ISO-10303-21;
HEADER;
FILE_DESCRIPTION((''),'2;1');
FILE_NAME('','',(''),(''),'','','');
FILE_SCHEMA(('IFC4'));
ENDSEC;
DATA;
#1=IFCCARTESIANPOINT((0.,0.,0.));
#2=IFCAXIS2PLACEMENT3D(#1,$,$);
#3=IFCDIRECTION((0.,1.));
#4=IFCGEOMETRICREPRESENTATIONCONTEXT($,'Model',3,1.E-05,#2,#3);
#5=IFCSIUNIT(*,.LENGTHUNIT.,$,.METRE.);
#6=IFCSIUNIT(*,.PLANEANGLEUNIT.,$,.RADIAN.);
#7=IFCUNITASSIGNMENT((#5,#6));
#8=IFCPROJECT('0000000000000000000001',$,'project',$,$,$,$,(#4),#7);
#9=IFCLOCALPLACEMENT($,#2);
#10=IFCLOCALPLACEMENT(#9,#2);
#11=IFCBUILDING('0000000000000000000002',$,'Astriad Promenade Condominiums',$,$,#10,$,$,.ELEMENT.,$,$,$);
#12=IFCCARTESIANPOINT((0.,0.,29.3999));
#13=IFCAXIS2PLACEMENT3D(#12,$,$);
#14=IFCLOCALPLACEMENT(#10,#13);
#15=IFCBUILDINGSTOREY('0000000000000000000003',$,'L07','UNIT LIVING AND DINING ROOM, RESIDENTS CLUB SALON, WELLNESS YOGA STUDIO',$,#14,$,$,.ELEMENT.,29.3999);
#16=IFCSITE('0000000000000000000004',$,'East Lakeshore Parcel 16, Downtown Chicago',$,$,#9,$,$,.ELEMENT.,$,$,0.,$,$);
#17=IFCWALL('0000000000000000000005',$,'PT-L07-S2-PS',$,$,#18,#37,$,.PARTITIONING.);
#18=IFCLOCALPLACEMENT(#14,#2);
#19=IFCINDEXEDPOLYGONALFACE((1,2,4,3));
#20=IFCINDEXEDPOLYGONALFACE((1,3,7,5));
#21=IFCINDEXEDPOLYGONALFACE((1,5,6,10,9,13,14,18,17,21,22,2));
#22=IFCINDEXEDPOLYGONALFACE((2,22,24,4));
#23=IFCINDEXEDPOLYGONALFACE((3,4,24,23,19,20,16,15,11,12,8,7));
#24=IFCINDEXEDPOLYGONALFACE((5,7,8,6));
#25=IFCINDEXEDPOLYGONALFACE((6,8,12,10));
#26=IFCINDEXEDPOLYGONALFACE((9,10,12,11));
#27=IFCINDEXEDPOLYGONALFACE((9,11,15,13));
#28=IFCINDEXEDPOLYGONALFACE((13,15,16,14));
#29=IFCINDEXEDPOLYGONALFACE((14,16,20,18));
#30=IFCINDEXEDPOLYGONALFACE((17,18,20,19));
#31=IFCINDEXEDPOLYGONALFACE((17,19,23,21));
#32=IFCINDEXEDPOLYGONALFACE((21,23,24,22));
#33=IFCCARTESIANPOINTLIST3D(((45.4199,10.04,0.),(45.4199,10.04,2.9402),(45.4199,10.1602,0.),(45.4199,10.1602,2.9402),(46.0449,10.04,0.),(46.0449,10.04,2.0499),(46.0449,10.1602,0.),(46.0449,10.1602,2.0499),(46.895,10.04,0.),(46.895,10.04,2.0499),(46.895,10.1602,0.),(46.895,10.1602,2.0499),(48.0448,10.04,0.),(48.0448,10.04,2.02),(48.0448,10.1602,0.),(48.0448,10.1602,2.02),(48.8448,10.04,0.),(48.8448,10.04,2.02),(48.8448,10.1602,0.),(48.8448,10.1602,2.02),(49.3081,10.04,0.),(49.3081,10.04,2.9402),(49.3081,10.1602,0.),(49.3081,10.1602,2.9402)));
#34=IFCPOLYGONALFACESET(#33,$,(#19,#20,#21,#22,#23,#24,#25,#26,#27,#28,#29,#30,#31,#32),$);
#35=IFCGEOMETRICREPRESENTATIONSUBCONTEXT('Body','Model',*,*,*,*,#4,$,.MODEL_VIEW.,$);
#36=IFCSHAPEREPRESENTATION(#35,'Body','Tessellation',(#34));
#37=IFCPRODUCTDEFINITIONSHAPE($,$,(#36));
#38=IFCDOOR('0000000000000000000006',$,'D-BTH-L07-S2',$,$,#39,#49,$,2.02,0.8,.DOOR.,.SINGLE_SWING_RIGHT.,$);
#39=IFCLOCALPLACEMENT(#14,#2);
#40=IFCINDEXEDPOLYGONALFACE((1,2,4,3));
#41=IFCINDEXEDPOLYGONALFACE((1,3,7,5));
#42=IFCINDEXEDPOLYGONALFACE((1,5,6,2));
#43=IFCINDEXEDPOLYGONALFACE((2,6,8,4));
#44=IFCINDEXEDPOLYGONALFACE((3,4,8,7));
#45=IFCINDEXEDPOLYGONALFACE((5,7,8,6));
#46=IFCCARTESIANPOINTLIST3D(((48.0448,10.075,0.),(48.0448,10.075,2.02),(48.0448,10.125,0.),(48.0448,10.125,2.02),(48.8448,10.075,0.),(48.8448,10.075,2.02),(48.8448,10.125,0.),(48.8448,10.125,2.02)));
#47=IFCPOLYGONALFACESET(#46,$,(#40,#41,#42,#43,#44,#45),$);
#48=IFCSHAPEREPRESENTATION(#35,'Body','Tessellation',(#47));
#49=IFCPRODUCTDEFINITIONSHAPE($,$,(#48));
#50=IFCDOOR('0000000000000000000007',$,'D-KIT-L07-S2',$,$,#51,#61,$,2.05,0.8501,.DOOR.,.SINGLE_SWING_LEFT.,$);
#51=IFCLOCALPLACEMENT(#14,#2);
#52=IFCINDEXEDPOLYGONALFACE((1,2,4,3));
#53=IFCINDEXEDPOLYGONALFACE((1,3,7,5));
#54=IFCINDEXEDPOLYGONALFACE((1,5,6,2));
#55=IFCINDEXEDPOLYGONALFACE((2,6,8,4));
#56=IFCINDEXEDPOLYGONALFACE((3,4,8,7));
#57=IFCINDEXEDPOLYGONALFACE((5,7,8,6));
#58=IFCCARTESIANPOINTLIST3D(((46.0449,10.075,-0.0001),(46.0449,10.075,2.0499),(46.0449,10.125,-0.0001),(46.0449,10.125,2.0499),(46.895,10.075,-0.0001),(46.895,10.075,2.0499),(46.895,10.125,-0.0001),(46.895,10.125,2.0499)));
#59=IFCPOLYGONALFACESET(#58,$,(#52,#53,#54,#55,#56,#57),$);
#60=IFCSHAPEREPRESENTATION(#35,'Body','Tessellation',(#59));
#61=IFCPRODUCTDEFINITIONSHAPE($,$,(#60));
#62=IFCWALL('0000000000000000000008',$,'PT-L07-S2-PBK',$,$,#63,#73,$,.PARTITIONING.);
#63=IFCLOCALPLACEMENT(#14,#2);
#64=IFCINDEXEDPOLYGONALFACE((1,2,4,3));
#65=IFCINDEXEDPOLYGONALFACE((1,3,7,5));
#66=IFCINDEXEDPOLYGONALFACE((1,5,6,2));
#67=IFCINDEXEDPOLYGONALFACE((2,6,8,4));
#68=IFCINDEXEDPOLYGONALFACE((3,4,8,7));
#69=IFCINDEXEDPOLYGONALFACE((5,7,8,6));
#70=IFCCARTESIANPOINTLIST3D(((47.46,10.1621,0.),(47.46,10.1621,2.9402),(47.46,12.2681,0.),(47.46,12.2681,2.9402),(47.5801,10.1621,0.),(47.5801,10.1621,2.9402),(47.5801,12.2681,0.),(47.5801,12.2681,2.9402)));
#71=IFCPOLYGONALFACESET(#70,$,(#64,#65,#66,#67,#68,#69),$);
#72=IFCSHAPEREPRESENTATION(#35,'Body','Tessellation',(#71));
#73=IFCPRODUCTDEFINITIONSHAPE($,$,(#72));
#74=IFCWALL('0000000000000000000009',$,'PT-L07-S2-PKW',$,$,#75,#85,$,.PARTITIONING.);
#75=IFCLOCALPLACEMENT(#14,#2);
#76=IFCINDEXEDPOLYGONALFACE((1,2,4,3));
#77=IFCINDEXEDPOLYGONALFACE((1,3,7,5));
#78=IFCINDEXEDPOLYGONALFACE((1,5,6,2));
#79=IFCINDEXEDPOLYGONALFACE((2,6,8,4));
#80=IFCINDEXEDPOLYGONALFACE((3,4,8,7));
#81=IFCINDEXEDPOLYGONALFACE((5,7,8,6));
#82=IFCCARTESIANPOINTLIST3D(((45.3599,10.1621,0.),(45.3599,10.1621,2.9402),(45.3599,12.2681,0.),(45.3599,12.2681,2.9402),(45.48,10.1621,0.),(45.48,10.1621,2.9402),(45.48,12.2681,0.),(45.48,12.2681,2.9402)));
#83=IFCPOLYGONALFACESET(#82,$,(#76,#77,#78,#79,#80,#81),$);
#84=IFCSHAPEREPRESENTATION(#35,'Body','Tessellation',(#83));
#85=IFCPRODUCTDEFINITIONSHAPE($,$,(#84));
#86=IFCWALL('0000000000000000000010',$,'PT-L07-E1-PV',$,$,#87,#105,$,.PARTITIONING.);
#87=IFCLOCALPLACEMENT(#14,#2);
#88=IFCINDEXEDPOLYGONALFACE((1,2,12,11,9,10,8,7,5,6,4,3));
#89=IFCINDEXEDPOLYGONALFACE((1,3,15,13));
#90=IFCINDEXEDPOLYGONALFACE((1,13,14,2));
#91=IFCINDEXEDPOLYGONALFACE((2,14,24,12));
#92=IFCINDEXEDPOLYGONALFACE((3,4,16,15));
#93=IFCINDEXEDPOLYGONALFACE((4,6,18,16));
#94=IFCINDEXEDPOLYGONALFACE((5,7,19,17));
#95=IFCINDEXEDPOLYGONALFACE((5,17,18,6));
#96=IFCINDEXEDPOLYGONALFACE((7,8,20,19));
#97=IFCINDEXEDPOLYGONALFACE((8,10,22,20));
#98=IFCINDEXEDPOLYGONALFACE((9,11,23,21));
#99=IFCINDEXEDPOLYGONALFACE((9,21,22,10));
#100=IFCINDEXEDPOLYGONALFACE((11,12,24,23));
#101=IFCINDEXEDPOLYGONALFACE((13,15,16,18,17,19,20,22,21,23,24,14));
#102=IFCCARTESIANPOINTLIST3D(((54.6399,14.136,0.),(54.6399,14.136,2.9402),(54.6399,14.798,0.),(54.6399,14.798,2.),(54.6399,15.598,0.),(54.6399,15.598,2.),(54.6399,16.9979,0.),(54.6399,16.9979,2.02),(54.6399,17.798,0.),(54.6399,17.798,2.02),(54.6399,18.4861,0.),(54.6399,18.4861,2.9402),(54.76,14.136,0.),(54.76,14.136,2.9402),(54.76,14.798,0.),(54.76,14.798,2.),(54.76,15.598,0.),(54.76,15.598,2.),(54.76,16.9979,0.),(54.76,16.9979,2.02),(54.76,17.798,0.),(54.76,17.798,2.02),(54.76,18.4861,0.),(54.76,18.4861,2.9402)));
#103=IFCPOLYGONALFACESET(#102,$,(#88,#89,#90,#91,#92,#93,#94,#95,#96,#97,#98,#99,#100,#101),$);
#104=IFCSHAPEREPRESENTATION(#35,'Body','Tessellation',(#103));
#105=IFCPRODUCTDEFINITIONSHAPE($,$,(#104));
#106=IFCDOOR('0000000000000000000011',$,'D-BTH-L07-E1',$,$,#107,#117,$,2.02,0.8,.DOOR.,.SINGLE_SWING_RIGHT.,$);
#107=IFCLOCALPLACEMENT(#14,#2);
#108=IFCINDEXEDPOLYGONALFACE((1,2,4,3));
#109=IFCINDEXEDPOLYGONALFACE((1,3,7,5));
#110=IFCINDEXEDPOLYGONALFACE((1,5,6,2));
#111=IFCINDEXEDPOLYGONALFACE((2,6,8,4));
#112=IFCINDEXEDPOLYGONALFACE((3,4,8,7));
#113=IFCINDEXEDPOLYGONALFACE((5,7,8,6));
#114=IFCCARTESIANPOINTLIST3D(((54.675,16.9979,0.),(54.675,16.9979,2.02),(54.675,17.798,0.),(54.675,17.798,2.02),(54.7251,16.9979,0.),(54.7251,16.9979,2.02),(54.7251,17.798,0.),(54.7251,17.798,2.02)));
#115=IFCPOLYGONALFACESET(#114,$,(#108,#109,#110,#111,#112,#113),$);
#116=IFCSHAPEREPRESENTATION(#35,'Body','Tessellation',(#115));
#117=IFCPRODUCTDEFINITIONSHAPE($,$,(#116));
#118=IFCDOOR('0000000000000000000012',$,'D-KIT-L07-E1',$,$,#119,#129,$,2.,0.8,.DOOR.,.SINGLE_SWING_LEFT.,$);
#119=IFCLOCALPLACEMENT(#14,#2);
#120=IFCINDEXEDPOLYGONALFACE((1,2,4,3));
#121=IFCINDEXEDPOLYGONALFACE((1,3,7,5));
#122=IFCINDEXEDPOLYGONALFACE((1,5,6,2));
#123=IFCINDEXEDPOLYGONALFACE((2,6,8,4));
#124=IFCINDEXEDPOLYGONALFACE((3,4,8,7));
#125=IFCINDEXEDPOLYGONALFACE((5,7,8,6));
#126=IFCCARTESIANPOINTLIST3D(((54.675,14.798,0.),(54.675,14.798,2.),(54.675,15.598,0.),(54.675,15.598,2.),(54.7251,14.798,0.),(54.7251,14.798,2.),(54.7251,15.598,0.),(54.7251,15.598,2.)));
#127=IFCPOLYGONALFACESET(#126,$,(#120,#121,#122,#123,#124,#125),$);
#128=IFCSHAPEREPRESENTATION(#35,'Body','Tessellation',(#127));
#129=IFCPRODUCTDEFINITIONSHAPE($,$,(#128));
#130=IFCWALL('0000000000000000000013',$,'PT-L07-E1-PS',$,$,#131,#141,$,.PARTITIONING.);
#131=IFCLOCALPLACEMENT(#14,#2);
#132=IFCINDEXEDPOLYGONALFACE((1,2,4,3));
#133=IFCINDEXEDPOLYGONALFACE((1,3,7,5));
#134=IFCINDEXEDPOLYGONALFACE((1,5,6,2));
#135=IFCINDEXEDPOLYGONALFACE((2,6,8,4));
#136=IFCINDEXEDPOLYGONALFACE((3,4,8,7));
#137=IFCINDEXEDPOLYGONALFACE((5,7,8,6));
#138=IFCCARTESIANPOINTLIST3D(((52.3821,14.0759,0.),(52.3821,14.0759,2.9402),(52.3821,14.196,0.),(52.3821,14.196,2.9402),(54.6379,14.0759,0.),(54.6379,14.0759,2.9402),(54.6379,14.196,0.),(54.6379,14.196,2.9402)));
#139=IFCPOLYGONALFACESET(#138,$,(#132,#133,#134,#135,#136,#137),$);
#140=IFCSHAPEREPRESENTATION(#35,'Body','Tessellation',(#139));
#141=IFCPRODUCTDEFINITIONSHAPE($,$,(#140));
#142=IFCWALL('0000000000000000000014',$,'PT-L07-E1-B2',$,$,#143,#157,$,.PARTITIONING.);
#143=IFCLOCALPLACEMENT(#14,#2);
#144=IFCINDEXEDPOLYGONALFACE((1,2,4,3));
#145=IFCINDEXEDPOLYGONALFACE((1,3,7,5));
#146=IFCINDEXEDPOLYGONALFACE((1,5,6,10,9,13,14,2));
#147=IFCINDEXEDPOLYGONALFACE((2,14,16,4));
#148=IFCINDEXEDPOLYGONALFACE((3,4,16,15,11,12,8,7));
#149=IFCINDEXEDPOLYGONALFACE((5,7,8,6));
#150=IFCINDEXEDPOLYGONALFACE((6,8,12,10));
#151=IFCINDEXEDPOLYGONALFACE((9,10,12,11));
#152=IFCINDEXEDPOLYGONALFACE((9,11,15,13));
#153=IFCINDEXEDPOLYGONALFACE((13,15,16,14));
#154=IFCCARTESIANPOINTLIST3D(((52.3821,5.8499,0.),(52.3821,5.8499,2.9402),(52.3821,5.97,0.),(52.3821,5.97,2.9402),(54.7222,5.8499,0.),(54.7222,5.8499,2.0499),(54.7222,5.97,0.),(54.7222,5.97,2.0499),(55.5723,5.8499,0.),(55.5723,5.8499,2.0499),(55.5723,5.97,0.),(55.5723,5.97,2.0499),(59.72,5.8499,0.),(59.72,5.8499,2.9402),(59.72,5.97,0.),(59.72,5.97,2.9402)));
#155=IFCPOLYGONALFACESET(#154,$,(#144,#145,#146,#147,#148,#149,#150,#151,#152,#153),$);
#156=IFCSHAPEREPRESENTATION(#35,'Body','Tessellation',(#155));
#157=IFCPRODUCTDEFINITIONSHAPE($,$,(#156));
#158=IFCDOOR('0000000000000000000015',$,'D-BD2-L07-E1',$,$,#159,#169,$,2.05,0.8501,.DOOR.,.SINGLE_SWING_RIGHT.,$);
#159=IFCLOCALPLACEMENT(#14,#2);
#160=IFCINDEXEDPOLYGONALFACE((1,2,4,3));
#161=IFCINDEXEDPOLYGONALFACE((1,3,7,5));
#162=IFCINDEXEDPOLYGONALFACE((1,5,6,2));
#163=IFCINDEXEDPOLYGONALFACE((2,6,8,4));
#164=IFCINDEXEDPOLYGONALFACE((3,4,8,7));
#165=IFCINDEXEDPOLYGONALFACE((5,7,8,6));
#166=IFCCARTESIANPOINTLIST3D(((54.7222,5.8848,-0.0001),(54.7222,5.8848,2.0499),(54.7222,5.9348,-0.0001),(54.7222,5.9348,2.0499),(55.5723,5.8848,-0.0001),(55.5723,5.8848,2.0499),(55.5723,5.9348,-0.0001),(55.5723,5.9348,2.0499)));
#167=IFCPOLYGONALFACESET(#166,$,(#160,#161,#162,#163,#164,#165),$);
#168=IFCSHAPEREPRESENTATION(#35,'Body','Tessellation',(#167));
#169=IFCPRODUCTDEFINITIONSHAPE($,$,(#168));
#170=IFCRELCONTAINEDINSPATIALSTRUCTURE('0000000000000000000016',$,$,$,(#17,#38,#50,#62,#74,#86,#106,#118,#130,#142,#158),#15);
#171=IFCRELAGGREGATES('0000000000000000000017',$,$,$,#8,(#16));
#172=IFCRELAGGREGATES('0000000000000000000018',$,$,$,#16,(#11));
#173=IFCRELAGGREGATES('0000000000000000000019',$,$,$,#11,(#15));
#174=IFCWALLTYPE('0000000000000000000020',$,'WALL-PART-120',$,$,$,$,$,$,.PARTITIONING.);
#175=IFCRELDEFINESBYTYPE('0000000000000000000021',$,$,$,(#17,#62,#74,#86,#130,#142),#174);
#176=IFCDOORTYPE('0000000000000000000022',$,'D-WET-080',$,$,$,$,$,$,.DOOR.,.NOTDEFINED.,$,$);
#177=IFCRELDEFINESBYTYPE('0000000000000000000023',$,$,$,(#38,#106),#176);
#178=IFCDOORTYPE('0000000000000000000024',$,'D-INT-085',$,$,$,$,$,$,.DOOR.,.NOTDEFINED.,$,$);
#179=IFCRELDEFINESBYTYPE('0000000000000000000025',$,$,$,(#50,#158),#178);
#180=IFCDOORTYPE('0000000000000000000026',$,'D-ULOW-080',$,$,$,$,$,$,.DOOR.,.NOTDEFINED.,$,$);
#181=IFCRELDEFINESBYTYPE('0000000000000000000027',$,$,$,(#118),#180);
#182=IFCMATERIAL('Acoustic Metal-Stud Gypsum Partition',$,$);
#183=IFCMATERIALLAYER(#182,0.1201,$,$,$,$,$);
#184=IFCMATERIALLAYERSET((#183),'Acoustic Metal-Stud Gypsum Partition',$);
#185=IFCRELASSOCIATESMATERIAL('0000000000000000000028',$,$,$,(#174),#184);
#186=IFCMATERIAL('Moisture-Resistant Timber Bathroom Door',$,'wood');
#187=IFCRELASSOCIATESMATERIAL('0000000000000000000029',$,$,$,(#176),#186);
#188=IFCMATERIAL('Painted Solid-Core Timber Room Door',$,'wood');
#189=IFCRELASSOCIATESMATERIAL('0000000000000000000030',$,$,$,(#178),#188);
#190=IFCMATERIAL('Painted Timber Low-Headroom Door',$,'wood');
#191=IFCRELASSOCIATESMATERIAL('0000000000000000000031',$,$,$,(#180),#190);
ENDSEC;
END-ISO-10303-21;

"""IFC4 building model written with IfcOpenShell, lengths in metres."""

from ifc_helpers import new_model, si_unit, direction, frame, frame_2d, origin, place, context, subcontext, project, spatial, rectangle, extrude, source, transform, mapped, material, layer, layer_set, type_object, type_shapes, element, fill, save


model = new_model("IFC4")

# Units and contexts
model_context = context("Model", 3, precision=1e-05, world=origin(), true_north=direction((0.0, 1.0)))
body_context = subcontext(model_context, "Body", "Model", "MODEL_VIEW")
ifc_project = project(units=[si_unit("LENGTHUNIT", "METRE"), si_unit("PLANEANGLEUNIT", "RADIAN")], contexts=[model_context])

# Site, building, storey
site_placement = place(None, origin())
site = spatial("IfcSite", under=ifc_project, at=site_placement, Name="East Lakeshore Parcel 16, Downtown Chicago", CompositionType="ELEMENT", RefElevation=0.0)
building_placement = place(site_placement, origin())
building = spatial("IfcBuilding", under=site, at=building_placement, Name="Astriad Promenade Condominiums", CompositionType="ELEMENT")
storey_placement = place(building_placement, frame((0.0, 0.0, 29.3999)))
storey = spatial("IfcBuildingStorey", under=building, at=storey_placement, Name="L07", Description="UNIT LIVING AND DINING ROOM, RESIDENTS CLUB SALON, WELLNESS YOGA STUDIO", CompositionType="ELEMENT", Elevation=29.3999)

# Shared definitions
ifc_material_1 = material(Name="Acoustic Metal-Stud Gypsum Partition")
ifc_layer_1 = layer(ifc_material_1, 0.1201)
ifc_layer_set_1 = layer_set([ifc_layer_1], Name="Acoustic Metal-Stud Gypsum Partition")
wall_type_1 = type_object("IfcWallType", Name="WALL-PART-120", PredefinedType="PARTITIONING", material=ifc_layer_set_1)

# Wall, openings, doors
wall_1_placement = place(storey_placement, frame((45.4199, 10.1001, 0.0), z_axis=(0.0, 0.0, 1.0), x_axis=(1.0, 0.0, 0.0)))
wall_1 = element("IfcWall", 1, at=wall_1_placement, inside=storey, type_object=wall_type_1, Name="PT-L07-S2-PS", PredefinedType="PARTITIONING", context=body_context, shape_type="SweptSolid", body=[
    extrude(rectangle(XDim=3.8882, YDim=0.1201, at=frame_2d((1.9441, 0.0))), origin(), (0.0, 0.0, 1.0), 2.9402),
])
opening_1_placement = place(wall_1_placement, frame((0.625, 0.0, 0.0)))
opening_1 = element("IfcOpeningElement", 2, at=opening_1_placement, cuts=wall_1, PredefinedType="OPENING", context=body_context, shape_type="SweptSolid", body=[
    extrude(rectangle(XDim=0.8501, YDim=2.05, at=frame_2d((0.425, 1.0249))), frame((0.0, 0.0701, 0.0), z_axis=(0.0, -1.0, 0.0), x_axis=(1.0, 0.0, 0.0)), (0.0, 0.0, 1.0), 0.1401),
])
opening_2_placement = place(wall_1_placement, frame((2.625, 0.0, 0.0)))
opening_2 = element("IfcOpeningElement", 3, at=opening_2_placement, cuts=wall_1, PredefinedType="OPENING", context=body_context, shape_type="SweptSolid", body=[
    extrude(rectangle(XDim=0.8, YDim=2.02, at=frame_2d((0.3999, 1.01))), frame((0.0, 0.0701, 0.0), z_axis=(0.0, -1.0, 0.0), x_axis=(1.0, 0.0, 0.0)), (0.0, 0.0, 1.0), 0.1401),
])
ifc_material_2 = material(Name="Moisture-Resistant Timber Bathroom Door", Category="wood")
door_type_1 = type_object("IfcDoorType", Name="D-WET-080", OperationType="NOTDEFINED", PredefinedType="DOOR", material=ifc_material_2)
shared_shape_1 = source(origin(), body_context, "Body", "SweptSolid", [
    extrude(rectangle(XDim=0.8, YDim=2.02, at=frame_2d((0.3999, 1.01))), frame((0.0, 0.0249, 0.0), z_axis=(0.0, -1.0, 0.0), x_axis=(1.0, 0.0, 0.0)), (0.0, 0.0, 1.0), 0.05),
])
type_shapes(door_type_1, [shared_shape_1])
door_1_placement = place(opening_2_placement, origin())
door_1 = element("IfcDoor", 4, at=door_1_placement, inside=storey, type_object=door_type_1, Name="D-BTH-L07-S2", OperationType="SINGLE_SWING_RIGHT", OverallHeight=2.02, OverallWidth=0.8, PredefinedType="DOOR", context=body_context, shape_type="MappedRepresentation", body=[
    mapped(shared_shape_1, transform((0.0, 0.0, 0.0), scale=1.0)),
])
fill(opening_2, door_1)
ifc_material_3 = material(Name="Painted Solid-Core Timber Room Door", Category="wood")
door_type_2 = type_object("IfcDoorType", Name="D-INT-085", OperationType="NOTDEFINED", PredefinedType="DOOR", material=ifc_material_3)
shared_shape_2 = source(origin(), body_context, "Body", "SweptSolid", [
    extrude(rectangle(XDim=0.8501, YDim=2.05, at=frame_2d((0.425, 1.0249))), frame((0.0, 0.0249, 0.0), z_axis=(0.0, -1.0, 0.0), x_axis=(1.0, 0.0, 0.0)), (0.0, 0.0, 1.0), 0.05),
])
type_shapes(door_type_2, [shared_shape_2])
door_2_placement = place(opening_1_placement, origin())
door_2 = element("IfcDoor", 5, at=door_2_placement, inside=storey, type_object=door_type_2, Name="D-KIT-L07-S2", OperationType="SINGLE_SWING_LEFT", OverallHeight=2.05, OverallWidth=0.8501, PredefinedType="DOOR", context=body_context, shape_type="MappedRepresentation", body=[
    mapped(shared_shape_2, transform((0.0, 0.0, 0.0), scale=1.0)),
])
fill(opening_1, door_2)

# Walls
for number, where, z_axis, x_axis, name in (
    (6, (47.52, 10.1621, 0.0), (0.0, 0.0, 1.0), (0.0, 1.0, 0.0), "PT-L07-S2-PBK"),
    (7, (45.4199, 10.1621, 0.0), (0.0, 0.0, 1.0), (0.0, 1.0, 0.0), "PT-L07-S2-PKW"),
):
    element("IfcWall", number, at=place(storey_placement, frame(where, z_axis=z_axis, x_axis=x_axis)), inside=storey, type_object=wall_type_1, Name=name, PredefinedType="PARTITIONING", context=body_context, shape_type="SweptSolid", body=[
        extrude(rectangle(XDim=2.106, YDim=0.1201, at=frame_2d((1.053, 0.0))), origin(), (0.0, 0.0, 1.0), 2.9402),
    ])

# Wall, openings, doors
wall_2_placement = place(storey_placement, frame((54.7, 14.136, 0.0), z_axis=(0.0, 0.0, 1.0), x_axis=(0.0, 1.0, 0.0)))
wall_2 = element("IfcWall", 8, at=wall_2_placement, inside=storey, type_object=wall_type_1, Name="PT-L07-E1-PV", PredefinedType="PARTITIONING", context=body_context, shape_type="SweptSolid", body=[
    extrude(rectangle(XDim=4.3501, YDim=0.1201, at=frame_2d((2.175, 0.0))), origin(), (0.0, 0.0, 1.0), 2.9402),
])
opening_3_placement = place(wall_2_placement, frame((0.6621, 0.0, 0.0)))
opening_3 = element("IfcOpeningElement", 9, at=opening_3_placement, cuts=wall_2, PredefinedType="OPENING", context=body_context, shape_type="SweptSolid", body=[
    extrude(rectangle(XDim=0.8, YDim=2.0, at=frame_2d((0.3999, 1.0))), frame((0.0, 0.0701, 0.0), z_axis=(0.0, -1.0, 0.0), x_axis=(1.0, 0.0, 0.0)), (0.0, 0.0, 1.0), 0.1401),
])
opening_4_placement = place(wall_2_placement, frame((2.8621, 0.0, 0.0)))
opening_4 = element("IfcOpeningElement", 10, at=opening_4_placement, cuts=wall_2, PredefinedType="OPENING", context=body_context, shape_type="SweptSolid", body=[
    extrude(rectangle(XDim=0.8, YDim=2.02, at=frame_2d((0.3999, 1.01))), frame((0.0, 0.0701, 0.0), z_axis=(0.0, -1.0, 0.0), x_axis=(1.0, 0.0, 0.0)), (0.0, 0.0, 1.0), 0.1401),
])
door_3_placement = place(opening_4_placement, origin())
door_3 = element("IfcDoor", 11, at=door_3_placement, inside=storey, type_object=door_type_1, Name="D-BTH-L07-E1", OperationType="SINGLE_SWING_RIGHT", OverallHeight=2.02, OverallWidth=0.8, PredefinedType="DOOR", context=body_context, shape_type="MappedRepresentation", body=[
    mapped(shared_shape_1, transform((0.0, 0.0, 0.0), scale=1.0)),
])
fill(opening_4, door_3)
ifc_material_4 = material(Name="Painted Timber Low-Headroom Door", Category="wood")
door_type_3 = type_object("IfcDoorType", Name="D-ULOW-080", OperationType="NOTDEFINED", PredefinedType="DOOR", material=ifc_material_4)
shared_shape_3 = source(origin(), body_context, "Body", "SweptSolid", [
    extrude(rectangle(XDim=0.8, YDim=2.0, at=frame_2d((0.3999, 1.0))), frame((0.0, 0.0249, 0.0), z_axis=(0.0, -1.0, 0.0), x_axis=(1.0, 0.0, 0.0)), (0.0, 0.0, 1.0), 0.05),
])
type_shapes(door_type_3, [shared_shape_3])
door_4_placement = place(opening_3_placement, origin())
door_4 = element("IfcDoor", 12, at=door_4_placement, inside=storey, type_object=door_type_3, Name="D-KIT-L07-E1", OperationType="SINGLE_SWING_LEFT", OverallHeight=2.0, OverallWidth=0.8, PredefinedType="DOOR", context=body_context, shape_type="MappedRepresentation", body=[
    mapped(shared_shape_3, transform((0.0, 0.0, 0.0), scale=1.0)),
])
fill(opening_3, door_4)

# Wall
wall_3_placement = place(storey_placement, frame((52.3821, 14.136, 0.0), z_axis=(0.0, 0.0, 1.0), x_axis=(1.0, 0.0, 0.0)))
element("IfcWall", 13, at=wall_3_placement, inside=storey, type_object=wall_type_1, Name="PT-L07-E1-PS", PredefinedType="PARTITIONING", context=body_context, shape_type="SweptSolid", body=[
    extrude(rectangle(XDim=2.2559, YDim=0.1201, at=frame_2d((1.1279, 0.0))), origin(), (0.0, 0.0, 1.0), 2.9402),
])

# Wall, opening, door
wall_4_placement = place(storey_placement, frame((52.3821, 5.9099, 0.0), z_axis=(0.0, 0.0, 1.0), x_axis=(1.0, 0.0, 0.0)))
wall_4 = element("IfcWall", 14, at=wall_4_placement, inside=storey, type_object=wall_type_1, Name="PT-L07-E1-B2", PredefinedType="PARTITIONING", context=body_context, shape_type="SweptSolid", body=[
    extrude(rectangle(XDim=7.3379, YDim=0.1201, at=frame_2d((3.6689, 0.0))), origin(), (0.0, 0.0, 1.0), 2.9402),
])
opening_5_placement = place(wall_4_placement, frame((2.3401, 0.0, 0.0)))
opening_5 = element("IfcOpeningElement", 15, at=opening_5_placement, cuts=wall_4, PredefinedType="OPENING", context=body_context, shape_type="SweptSolid", body=[
    extrude(rectangle(XDim=0.8501, YDim=2.05, at=frame_2d((0.425, 1.0249))), frame((0.0, 0.0701, 0.0), z_axis=(0.0, -1.0, 0.0), x_axis=(1.0, 0.0, 0.0)), (0.0, 0.0, 1.0), 0.1401),
])
door_5_placement = place(opening_5_placement, origin())
door_5 = element("IfcDoor", 16, at=door_5_placement, inside=storey, type_object=door_type_2, Name="D-BD2-L07-E1", OperationType="SINGLE_SWING_RIGHT", OverallHeight=2.05, OverallWidth=0.8501, PredefinedType="DOOR", context=body_context, shape_type="MappedRepresentation", body=[
    mapped(shared_shape_2, transform((0.0, 0.0, 0.0), scale=1.0)),
])
fill(opening_5, door_5)

save(model, "model.ifc")
